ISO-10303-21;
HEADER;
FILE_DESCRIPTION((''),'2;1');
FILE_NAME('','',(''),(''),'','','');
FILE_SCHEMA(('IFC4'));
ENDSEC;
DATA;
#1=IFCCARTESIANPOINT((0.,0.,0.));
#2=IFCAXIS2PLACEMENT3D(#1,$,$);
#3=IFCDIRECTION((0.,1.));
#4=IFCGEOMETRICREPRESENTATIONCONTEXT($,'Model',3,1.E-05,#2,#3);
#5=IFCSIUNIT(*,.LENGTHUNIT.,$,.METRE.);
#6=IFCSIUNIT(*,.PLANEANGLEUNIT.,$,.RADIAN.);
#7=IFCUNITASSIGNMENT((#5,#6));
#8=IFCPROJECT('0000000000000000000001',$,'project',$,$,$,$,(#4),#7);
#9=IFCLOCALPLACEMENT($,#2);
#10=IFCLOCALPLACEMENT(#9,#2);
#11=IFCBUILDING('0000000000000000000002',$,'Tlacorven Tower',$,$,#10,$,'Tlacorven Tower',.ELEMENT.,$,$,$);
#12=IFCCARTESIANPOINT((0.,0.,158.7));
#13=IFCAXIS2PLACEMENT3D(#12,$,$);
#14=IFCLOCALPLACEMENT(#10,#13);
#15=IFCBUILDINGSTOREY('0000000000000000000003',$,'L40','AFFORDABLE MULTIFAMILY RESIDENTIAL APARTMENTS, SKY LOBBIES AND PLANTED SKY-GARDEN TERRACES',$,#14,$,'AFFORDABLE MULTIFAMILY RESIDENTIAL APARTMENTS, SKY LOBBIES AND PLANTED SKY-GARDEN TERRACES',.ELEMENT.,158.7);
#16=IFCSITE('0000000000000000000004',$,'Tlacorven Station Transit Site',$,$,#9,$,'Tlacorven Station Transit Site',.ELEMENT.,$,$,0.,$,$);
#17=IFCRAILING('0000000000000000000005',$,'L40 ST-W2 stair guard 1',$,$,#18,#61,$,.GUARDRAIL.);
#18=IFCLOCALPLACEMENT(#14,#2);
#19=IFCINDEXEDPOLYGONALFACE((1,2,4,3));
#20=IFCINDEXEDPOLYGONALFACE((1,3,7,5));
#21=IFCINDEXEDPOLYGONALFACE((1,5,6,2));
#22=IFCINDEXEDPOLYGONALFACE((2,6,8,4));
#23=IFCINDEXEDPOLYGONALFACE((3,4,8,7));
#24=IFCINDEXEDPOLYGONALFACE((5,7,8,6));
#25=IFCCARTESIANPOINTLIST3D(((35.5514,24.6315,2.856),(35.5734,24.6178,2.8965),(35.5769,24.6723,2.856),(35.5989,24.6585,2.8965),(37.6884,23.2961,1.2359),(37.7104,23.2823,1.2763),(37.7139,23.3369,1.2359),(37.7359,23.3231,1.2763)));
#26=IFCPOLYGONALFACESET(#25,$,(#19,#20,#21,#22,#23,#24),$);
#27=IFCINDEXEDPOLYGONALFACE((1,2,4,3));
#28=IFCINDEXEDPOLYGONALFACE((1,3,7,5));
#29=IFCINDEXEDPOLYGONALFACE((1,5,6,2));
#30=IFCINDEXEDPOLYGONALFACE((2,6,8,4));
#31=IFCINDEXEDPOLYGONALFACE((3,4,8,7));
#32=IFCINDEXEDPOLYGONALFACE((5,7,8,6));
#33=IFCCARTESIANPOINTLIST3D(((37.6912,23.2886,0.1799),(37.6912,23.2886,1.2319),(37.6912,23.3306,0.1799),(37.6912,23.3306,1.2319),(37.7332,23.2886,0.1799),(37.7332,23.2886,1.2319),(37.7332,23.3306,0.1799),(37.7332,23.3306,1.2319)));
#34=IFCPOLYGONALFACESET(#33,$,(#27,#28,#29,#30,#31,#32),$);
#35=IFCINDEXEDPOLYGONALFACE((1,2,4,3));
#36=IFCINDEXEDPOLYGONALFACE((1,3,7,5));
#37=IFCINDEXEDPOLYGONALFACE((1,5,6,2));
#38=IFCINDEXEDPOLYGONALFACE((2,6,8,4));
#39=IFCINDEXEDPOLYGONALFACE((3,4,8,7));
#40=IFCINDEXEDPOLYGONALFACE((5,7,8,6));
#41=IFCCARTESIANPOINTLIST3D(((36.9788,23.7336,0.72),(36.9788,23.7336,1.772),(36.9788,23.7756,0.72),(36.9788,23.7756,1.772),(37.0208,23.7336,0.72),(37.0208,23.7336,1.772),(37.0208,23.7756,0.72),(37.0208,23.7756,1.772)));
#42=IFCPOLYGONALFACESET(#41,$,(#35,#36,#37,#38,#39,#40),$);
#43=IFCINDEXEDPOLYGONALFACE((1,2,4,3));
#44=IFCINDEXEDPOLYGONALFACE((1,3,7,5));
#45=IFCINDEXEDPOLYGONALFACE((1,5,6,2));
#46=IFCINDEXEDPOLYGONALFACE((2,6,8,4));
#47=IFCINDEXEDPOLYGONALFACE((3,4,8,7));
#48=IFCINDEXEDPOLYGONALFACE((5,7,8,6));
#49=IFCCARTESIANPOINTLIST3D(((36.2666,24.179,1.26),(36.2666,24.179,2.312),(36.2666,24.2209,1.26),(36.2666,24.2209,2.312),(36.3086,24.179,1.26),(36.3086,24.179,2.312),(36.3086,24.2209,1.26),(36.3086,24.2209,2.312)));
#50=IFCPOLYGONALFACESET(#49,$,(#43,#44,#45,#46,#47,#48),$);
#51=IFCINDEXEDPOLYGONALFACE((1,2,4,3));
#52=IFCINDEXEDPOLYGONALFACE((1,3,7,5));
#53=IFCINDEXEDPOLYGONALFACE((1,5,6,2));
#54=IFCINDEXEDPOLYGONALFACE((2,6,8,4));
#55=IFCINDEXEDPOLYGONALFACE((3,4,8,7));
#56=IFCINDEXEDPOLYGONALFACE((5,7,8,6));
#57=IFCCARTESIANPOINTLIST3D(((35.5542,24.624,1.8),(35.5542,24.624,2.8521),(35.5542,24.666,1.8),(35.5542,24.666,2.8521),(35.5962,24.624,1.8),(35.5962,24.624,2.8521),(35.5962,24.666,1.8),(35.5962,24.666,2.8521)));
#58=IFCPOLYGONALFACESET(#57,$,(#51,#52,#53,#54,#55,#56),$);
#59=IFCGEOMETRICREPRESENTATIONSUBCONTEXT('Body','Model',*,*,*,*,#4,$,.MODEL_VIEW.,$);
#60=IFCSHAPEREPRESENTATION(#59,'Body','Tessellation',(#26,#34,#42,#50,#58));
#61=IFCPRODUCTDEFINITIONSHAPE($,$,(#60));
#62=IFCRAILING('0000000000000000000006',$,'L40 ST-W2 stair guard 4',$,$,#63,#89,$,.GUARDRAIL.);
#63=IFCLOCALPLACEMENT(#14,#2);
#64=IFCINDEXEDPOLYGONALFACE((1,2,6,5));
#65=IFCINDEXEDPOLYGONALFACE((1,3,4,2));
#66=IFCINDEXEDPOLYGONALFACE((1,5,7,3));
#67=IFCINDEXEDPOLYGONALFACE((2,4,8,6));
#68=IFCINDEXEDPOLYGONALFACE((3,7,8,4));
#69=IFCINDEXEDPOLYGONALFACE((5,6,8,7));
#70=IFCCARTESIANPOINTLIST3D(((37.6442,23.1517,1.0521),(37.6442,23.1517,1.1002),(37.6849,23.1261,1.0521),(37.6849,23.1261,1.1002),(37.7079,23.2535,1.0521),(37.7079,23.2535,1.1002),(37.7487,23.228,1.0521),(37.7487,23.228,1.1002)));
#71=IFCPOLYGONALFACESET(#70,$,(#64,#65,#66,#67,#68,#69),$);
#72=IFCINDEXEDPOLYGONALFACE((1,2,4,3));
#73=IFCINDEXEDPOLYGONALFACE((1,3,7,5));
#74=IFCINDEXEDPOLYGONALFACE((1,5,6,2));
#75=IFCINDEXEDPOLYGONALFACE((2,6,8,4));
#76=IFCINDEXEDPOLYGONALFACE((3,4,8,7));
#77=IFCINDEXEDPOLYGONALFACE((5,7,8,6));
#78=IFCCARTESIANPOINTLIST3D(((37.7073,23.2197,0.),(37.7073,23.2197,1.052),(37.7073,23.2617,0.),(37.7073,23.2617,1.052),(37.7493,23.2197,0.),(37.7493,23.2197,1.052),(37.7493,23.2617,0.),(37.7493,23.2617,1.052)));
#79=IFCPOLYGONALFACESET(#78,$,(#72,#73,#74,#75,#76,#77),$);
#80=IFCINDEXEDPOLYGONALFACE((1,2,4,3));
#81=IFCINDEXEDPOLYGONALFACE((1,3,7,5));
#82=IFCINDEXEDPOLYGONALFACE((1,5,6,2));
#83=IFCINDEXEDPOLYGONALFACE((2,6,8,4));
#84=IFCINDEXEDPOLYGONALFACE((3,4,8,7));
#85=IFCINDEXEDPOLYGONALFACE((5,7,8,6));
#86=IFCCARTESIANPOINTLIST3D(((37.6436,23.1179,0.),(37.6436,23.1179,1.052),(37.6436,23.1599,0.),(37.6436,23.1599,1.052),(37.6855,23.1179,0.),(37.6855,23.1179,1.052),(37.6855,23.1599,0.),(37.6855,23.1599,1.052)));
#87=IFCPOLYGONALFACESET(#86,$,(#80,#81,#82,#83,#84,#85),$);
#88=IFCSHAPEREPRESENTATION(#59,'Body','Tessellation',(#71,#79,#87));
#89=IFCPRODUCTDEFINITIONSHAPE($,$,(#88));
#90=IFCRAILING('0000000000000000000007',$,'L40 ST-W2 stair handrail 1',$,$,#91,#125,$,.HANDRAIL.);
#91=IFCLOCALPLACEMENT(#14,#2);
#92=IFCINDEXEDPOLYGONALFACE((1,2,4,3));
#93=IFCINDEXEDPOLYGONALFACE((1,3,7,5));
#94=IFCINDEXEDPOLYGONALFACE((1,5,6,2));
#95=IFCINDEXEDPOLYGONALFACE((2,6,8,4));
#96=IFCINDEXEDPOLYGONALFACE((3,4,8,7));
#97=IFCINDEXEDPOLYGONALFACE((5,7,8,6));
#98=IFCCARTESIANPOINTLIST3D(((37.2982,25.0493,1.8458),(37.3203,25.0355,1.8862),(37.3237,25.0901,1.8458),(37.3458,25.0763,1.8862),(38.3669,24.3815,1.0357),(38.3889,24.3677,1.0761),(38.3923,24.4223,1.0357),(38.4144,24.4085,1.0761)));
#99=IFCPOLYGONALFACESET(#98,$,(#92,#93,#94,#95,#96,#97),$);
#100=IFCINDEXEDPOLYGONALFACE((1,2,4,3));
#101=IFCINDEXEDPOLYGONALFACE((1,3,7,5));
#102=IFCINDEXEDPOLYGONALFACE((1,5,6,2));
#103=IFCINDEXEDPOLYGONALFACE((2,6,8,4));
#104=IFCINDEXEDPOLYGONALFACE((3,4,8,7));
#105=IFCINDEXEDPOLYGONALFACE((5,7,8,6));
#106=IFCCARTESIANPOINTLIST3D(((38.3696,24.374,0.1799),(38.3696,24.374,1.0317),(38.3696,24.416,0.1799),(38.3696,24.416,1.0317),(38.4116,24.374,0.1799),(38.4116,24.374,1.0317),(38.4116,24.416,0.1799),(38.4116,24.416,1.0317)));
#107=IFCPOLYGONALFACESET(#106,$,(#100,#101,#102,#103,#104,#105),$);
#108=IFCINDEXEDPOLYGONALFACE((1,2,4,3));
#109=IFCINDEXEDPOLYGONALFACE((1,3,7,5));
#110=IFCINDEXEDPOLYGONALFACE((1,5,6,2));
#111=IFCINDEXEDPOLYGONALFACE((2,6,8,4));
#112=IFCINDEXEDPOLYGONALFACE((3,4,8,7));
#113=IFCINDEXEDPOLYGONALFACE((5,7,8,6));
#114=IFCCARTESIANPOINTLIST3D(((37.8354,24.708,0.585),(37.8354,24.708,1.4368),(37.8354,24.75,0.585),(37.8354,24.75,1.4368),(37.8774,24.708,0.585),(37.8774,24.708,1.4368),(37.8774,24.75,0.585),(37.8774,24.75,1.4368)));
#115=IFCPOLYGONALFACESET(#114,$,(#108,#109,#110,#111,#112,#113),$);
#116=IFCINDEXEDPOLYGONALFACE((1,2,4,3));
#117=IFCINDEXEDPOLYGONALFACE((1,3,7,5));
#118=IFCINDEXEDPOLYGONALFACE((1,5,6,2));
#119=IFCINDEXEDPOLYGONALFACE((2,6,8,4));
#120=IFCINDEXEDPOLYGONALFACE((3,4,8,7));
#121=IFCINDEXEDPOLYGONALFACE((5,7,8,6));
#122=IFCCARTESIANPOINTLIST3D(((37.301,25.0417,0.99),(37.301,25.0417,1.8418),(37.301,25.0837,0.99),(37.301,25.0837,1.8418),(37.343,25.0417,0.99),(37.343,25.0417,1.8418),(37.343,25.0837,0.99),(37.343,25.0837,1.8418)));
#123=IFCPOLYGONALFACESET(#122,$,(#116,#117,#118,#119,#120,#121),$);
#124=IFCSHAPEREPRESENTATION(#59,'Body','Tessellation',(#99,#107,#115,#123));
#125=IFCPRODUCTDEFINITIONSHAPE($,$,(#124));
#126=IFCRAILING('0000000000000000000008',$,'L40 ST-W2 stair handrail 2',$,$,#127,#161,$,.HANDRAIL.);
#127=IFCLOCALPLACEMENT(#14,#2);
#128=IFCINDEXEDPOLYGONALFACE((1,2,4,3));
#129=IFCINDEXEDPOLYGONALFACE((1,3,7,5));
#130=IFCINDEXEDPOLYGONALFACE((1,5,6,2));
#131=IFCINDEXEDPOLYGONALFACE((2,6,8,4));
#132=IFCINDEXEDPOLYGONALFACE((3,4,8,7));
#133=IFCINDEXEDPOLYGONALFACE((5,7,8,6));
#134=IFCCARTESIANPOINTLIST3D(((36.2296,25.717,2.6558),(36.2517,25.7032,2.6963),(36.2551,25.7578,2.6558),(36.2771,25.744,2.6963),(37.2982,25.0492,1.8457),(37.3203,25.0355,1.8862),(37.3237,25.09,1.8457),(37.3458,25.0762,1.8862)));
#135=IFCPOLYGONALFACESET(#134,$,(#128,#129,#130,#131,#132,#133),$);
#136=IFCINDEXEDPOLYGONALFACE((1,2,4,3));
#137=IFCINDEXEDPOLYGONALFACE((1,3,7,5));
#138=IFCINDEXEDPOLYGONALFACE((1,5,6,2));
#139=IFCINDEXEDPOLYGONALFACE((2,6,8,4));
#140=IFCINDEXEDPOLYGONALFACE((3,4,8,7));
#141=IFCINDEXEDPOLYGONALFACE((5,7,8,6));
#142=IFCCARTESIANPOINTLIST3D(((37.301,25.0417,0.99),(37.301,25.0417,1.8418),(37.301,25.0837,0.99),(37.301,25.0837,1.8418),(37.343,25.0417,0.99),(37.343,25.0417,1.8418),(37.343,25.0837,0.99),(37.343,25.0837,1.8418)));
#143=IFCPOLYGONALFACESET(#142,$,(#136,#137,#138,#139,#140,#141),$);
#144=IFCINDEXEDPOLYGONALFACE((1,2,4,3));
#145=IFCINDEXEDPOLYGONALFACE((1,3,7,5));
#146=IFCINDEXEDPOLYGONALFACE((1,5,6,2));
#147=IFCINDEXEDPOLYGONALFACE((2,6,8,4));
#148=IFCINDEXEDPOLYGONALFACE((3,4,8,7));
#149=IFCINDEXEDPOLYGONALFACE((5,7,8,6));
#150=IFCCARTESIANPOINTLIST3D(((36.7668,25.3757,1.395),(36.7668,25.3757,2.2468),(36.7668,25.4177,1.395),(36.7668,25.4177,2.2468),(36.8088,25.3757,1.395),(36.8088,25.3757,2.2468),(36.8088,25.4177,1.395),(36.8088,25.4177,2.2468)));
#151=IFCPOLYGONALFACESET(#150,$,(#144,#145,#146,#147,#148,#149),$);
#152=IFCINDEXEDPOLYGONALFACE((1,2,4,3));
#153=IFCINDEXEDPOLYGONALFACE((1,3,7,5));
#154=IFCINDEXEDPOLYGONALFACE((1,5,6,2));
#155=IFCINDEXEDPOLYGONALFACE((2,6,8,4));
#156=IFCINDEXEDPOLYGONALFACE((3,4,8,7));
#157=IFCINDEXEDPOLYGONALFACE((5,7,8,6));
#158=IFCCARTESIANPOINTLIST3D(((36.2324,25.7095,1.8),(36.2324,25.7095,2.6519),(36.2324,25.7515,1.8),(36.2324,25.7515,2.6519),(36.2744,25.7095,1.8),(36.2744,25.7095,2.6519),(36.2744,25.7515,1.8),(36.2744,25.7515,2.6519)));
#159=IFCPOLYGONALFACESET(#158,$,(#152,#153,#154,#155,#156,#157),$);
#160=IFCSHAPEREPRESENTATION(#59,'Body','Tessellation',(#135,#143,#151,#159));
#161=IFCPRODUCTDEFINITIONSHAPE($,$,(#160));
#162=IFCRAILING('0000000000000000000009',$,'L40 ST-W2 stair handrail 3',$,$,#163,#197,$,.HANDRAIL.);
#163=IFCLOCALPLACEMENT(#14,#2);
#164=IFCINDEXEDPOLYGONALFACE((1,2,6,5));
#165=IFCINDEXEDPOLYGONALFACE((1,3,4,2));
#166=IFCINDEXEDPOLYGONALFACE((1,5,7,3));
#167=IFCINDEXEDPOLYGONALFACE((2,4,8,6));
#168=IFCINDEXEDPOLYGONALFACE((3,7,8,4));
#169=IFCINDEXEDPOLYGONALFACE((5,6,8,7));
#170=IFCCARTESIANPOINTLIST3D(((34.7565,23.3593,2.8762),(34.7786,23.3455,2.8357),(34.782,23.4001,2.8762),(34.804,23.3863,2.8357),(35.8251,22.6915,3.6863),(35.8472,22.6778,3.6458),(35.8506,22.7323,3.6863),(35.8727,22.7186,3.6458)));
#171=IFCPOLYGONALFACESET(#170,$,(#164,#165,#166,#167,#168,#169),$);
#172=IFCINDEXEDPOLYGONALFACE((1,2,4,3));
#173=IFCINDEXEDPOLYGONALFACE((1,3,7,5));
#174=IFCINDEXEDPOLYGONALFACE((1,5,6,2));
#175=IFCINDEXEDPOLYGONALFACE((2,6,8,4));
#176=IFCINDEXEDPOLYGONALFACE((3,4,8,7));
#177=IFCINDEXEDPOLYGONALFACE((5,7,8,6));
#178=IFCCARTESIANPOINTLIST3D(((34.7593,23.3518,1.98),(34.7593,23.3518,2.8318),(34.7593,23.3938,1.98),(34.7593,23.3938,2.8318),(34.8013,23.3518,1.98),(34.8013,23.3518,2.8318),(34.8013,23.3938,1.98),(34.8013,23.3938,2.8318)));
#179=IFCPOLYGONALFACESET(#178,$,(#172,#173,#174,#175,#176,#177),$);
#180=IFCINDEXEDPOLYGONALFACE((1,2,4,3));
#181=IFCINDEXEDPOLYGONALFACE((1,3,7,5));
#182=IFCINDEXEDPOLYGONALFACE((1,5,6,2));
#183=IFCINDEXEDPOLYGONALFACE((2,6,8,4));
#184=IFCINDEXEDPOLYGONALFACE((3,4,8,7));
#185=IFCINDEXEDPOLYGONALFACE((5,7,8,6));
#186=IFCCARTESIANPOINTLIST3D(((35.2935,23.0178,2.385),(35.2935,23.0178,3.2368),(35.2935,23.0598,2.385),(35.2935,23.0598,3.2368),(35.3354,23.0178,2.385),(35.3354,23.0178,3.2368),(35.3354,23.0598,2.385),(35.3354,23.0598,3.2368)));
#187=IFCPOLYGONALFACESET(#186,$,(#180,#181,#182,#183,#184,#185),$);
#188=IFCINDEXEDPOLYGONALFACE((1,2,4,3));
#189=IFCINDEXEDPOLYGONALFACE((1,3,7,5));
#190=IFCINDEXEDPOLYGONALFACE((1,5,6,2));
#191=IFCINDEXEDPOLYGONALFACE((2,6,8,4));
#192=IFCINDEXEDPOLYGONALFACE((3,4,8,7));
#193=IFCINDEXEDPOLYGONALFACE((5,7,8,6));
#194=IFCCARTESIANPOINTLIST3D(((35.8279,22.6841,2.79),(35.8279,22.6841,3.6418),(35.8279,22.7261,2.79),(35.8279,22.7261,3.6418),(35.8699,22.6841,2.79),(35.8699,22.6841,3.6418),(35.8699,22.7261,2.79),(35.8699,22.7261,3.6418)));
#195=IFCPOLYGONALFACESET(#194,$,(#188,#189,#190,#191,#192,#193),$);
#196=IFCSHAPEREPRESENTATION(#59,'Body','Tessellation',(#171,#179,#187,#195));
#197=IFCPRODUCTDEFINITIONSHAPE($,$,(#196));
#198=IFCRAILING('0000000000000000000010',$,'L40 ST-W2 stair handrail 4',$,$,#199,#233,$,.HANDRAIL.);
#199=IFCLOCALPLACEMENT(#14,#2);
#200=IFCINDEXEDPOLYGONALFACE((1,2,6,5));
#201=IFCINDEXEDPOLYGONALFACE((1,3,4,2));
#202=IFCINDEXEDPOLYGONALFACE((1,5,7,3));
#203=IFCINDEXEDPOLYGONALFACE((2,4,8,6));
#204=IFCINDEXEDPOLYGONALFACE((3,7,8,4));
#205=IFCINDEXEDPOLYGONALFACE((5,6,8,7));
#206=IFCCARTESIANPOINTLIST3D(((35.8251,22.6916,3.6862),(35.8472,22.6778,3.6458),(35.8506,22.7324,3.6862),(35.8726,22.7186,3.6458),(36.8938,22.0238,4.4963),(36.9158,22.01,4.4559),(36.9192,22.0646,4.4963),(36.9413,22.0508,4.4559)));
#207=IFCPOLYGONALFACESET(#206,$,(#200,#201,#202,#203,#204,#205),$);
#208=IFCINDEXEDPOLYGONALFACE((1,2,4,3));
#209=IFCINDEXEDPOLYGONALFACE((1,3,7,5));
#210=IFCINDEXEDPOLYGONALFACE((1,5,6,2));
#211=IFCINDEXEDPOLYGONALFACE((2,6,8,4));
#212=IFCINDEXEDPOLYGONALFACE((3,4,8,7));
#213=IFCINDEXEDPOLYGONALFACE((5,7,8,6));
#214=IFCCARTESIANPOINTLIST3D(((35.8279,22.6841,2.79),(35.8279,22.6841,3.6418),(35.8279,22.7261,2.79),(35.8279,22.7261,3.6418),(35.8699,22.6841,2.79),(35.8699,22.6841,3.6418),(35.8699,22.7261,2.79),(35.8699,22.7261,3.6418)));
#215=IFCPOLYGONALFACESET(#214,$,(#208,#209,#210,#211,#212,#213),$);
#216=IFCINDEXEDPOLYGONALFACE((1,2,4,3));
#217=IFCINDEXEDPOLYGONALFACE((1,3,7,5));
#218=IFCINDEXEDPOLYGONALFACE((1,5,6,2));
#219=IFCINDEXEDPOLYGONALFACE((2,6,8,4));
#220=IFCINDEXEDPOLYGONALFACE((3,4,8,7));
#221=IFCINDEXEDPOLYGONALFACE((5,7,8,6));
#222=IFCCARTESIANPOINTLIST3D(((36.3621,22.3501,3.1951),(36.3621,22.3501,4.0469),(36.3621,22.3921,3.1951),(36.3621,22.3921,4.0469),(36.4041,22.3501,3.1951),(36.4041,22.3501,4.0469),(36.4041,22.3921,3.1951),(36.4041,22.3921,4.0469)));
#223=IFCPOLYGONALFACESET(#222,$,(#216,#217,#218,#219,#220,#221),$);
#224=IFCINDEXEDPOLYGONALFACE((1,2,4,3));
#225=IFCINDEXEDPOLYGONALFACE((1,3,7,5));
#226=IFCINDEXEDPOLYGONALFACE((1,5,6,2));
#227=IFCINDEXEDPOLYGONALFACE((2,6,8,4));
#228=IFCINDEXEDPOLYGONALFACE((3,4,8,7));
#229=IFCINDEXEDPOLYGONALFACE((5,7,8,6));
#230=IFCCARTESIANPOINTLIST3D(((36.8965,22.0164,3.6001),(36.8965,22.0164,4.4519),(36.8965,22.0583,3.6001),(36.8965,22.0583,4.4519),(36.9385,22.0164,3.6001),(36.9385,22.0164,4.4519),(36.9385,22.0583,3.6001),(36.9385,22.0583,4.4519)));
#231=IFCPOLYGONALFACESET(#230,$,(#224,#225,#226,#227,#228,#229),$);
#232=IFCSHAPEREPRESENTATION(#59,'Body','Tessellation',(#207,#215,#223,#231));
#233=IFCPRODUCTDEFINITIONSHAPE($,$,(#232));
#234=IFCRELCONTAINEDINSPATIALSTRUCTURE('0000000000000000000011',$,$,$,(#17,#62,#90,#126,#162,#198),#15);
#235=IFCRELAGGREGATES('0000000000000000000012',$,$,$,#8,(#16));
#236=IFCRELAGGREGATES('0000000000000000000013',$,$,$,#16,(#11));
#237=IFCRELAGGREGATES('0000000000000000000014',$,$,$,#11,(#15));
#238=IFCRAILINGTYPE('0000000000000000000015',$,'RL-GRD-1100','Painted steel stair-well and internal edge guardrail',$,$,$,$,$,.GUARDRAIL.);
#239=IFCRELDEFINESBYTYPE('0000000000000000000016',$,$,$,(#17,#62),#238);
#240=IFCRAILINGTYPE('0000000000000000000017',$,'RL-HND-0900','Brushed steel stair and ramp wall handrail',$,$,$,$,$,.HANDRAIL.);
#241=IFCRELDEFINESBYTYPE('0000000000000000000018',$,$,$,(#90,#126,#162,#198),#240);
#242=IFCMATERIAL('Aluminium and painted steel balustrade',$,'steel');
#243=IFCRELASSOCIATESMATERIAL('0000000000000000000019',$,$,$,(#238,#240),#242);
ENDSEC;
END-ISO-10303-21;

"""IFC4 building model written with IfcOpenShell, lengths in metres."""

from ifc_helpers import new_model, si_unit, direction, frame, origin, origin_2d, place, context, subcontext, project, spatial, rectangle, extrude, source, transform, mapped, material, type_object, element, save


model = new_model("IFC4")

# Units and contexts
model_context = context("Model", 3, precision=1e-05, world=origin(), true_north=direction((0.0, 1.0)))
body_context = subcontext(model_context, "Body", "Model", "MODEL_VIEW")
ifc_project = project(units=[si_unit("LENGTHUNIT", "METRE"), si_unit("PLANEANGLEUNIT", "RADIAN")], contexts=[model_context])

# Site, building, storey
site_placement = place(None, origin())
site = spatial("IfcSite", under=ifc_project, at=site_placement, Name="Tlacorven Station Transit Site", LongName="Tlacorven Station Transit Site", CompositionType="ELEMENT", RefElevation=0.0)
building_placement = place(site_placement, origin())
building = spatial("IfcBuilding", under=site, at=building_placement, Name="Tlacorven Tower", LongName="Tlacorven Tower", CompositionType="ELEMENT")
storey_placement = place(building_placement, frame((0.0, 0.0, 158.7)))
storey = spatial("IfcBuildingStorey", under=building, at=storey_placement, Name="L40", Description="AFFORDABLE MULTIFAMILY RESIDENTIAL APARTMENTS, SKY LOBBIES AND PLANTED SKY-GARDEN TERRACES", LongName="AFFORDABLE MULTIFAMILY RESIDENTIAL APARTMENTS, SKY LOBBIES AND PLANTED SKY-GARDEN TERRACES", CompositionType="ELEMENT", Elevation=158.7)

# Railings
ifc_material_1 = material(Name="Aluminium and painted steel balustrade", Category="steel")
railing_type_1 = type_object("IfcRailingType", Name="RL-GRD-1100", Description="Painted steel stair-well and internal edge guardrail", PredefinedType="GUARDRAIL", material=ifc_material_1)
shared_shape_1 = source(origin(), body_context, "Body", "SweptSolid", [
    extrude(rectangle(XDim=0.0481, YDim=0.0481, at=origin_2d()), frame((0.0, 0.0, 1.0762), z_axis=(-0.71332, 0.445774, 0.540796), x_axis=(-0.529955, -0.848026, 0.0)), (0.0, 0.0, 1.0), 2.9958),
    extrude(rectangle(XDim=0.042, YDim=0.042, at=origin_2d()), origin(), (0.0, 0.0, 1.0), 1.052),
    extrude(rectangle(XDim=0.042, YDim=0.042, at=origin_2d()), frame((-0.7124, 0.4451, 0.54)), (0.0, 0.0, 1.0), 1.052),
    extrude(rectangle(XDim=0.042, YDim=0.042, at=origin_2d()), frame((-1.4246, 0.8904, 1.0801)), (0.0, 0.0, 1.0), 1.052),
    extrude(rectangle(XDim=0.042, YDim=0.042, at=origin_2d()), frame((-2.137, 1.3354, 1.6201)), (0.0, 0.0, 1.0), 1.052),
])
railing_1_placement = place(storey_placement, frame((37.7122, 23.3096, 0.1799)))
element("IfcRailing", 1, at=railing_1_placement, inside=storey, type_object=railing_type_1, Name="L40 ST-W2 stair guard 1", PredefinedType="GUARDRAIL", context=body_context, shape_type="MappedRepresentation", body=[
    mapped(shared_shape_1, transform((0.0, 0.0, 0.0), scale=1.0)),
])
shared_shape_2 = source(origin(), body_context, "Body", "SweptSolid", [
    extrude(rectangle(XDim=0.0481, YDim=0.0481, at=origin_2d()), frame((0.0, 0.0, 1.0762), z_axis=(-0.530547, -0.847656, 0.0), x_axis=(0.847656, -0.530547, 0.0)), (0.0, 0.0, 1.0), 0.1201),
    extrude(rectangle(XDim=0.042, YDim=0.042, at=origin_2d()), origin(), (0.0, 0.0, 1.0), 1.052),
    extrude(rectangle(XDim=0.042, YDim=0.042, at=origin_2d()), frame((-0.0637, -0.1018, 0.0)), (0.0, 0.0, 1.0), 1.052),
])
railing_2_placement = place(storey_placement, frame((37.7283, 23.2407, 0.0)))
element("IfcRailing", 2, at=railing_2_placement, inside=storey, type_object=railing_type_1, Name="L40 ST-W2 stair guard 4", PredefinedType="GUARDRAIL", context=body_context, shape_type="MappedRepresentation", body=[
    mapped(shared_shape_2, transform((0.0, 0.0, 0.0), scale=1.0)),
])
railing_type_2 = type_object("IfcRailingType", Name="RL-HND-0900", Description="Brushed steel stair and ramp wall handrail", PredefinedType="HANDRAIL", material=ifc_material_1)
shared_shape_3 = source(origin(), body_context, "Body", "SweptSolid", [
    extrude(rectangle(XDim=0.0481, YDim=0.0481, at=origin_2d()), frame((0.0, 0.0, 0.876), z_axis=(-0.71336, 0.445748, 0.540765), x_axis=(-0.529912, -0.848053, 0.0)), (0.0, 0.0, 1.0), 1.498),
    extrude(rectangle(XDim=0.042, YDim=0.042, at=origin_2d()), origin(), (0.0, 0.0, 1.0), 0.8518),
    extrude(rectangle(XDim=0.042, YDim=0.042, at=origin_2d()), frame((-0.5342, 0.334, 0.405)), (0.0, 0.0, 1.0), 0.8518),
    extrude(rectangle(XDim=0.042, YDim=0.042, at=origin_2d()), frame((-1.0686, 0.6677, 0.8101)), (0.0, 0.0, 1.0), 0.8518),
])
for number, where, name in (
    (3, (38.3906, 24.395, 0.1799), "L40 ST-W2 stair handrail 1"),
    (4, (37.322, 25.0627, 0.99), "L40 ST-W2 stair handrail 2"),
):
    element("IfcRailing", number, at=place(storey_placement, frame(where)), inside=storey, type_object=railing_type_2, Name=name, PredefinedType="HANDRAIL", context=body_context, shape_type="MappedRepresentation", body=[
        mapped(shared_shape_3, transform((0.0, 0.0, 0.0), scale=1.0)),
    ])
shared_shape_4 = source(origin(), body_context, "Body", "SweptSolid", [
    extrude(rectangle(XDim=0.0481, YDim=0.0481, at=origin_2d()), frame((0.0, 0.0, 0.876), z_axis=(0.71336, -0.445748, 0.540765), x_axis=(0.529912, 0.848053, 0.0)), (0.0, 0.0, 1.0), 1.498),
    extrude(rectangle(XDim=0.042, YDim=0.042, at=origin_2d()), origin(), (0.0, 0.0, 1.0), 0.8518),
    extrude(rectangle(XDim=0.042, YDim=0.042, at=origin_2d()), frame((0.5342, -0.334, 0.405)), (0.0, 0.0, 1.0), 0.8518),
    extrude(rectangle(XDim=0.042, YDim=0.042, at=origin_2d()), frame((1.0686, -0.6677, 0.8101)), (0.0, 0.0, 1.0), 0.8518),
])
for number, where, name in (
    (5, (34.7803, 23.3728, 1.98), "L40 ST-W2 stair handrail 3"),
    (6, (35.8489, 22.7051, 2.79), "L40 ST-W2 stair handrail 4"),
):
    element("IfcRailing", number, at=place(storey_placement, frame(where)), inside=storey, type_object=railing_type_2, Name=name, PredefinedType="HANDRAIL", context=body_context, shape_type="MappedRepresentation", body=[
        mapped(shared_shape_4, transform((0.0, 0.0, 0.0), scale=1.0)),
    ])

save(model, "model.ifc")
